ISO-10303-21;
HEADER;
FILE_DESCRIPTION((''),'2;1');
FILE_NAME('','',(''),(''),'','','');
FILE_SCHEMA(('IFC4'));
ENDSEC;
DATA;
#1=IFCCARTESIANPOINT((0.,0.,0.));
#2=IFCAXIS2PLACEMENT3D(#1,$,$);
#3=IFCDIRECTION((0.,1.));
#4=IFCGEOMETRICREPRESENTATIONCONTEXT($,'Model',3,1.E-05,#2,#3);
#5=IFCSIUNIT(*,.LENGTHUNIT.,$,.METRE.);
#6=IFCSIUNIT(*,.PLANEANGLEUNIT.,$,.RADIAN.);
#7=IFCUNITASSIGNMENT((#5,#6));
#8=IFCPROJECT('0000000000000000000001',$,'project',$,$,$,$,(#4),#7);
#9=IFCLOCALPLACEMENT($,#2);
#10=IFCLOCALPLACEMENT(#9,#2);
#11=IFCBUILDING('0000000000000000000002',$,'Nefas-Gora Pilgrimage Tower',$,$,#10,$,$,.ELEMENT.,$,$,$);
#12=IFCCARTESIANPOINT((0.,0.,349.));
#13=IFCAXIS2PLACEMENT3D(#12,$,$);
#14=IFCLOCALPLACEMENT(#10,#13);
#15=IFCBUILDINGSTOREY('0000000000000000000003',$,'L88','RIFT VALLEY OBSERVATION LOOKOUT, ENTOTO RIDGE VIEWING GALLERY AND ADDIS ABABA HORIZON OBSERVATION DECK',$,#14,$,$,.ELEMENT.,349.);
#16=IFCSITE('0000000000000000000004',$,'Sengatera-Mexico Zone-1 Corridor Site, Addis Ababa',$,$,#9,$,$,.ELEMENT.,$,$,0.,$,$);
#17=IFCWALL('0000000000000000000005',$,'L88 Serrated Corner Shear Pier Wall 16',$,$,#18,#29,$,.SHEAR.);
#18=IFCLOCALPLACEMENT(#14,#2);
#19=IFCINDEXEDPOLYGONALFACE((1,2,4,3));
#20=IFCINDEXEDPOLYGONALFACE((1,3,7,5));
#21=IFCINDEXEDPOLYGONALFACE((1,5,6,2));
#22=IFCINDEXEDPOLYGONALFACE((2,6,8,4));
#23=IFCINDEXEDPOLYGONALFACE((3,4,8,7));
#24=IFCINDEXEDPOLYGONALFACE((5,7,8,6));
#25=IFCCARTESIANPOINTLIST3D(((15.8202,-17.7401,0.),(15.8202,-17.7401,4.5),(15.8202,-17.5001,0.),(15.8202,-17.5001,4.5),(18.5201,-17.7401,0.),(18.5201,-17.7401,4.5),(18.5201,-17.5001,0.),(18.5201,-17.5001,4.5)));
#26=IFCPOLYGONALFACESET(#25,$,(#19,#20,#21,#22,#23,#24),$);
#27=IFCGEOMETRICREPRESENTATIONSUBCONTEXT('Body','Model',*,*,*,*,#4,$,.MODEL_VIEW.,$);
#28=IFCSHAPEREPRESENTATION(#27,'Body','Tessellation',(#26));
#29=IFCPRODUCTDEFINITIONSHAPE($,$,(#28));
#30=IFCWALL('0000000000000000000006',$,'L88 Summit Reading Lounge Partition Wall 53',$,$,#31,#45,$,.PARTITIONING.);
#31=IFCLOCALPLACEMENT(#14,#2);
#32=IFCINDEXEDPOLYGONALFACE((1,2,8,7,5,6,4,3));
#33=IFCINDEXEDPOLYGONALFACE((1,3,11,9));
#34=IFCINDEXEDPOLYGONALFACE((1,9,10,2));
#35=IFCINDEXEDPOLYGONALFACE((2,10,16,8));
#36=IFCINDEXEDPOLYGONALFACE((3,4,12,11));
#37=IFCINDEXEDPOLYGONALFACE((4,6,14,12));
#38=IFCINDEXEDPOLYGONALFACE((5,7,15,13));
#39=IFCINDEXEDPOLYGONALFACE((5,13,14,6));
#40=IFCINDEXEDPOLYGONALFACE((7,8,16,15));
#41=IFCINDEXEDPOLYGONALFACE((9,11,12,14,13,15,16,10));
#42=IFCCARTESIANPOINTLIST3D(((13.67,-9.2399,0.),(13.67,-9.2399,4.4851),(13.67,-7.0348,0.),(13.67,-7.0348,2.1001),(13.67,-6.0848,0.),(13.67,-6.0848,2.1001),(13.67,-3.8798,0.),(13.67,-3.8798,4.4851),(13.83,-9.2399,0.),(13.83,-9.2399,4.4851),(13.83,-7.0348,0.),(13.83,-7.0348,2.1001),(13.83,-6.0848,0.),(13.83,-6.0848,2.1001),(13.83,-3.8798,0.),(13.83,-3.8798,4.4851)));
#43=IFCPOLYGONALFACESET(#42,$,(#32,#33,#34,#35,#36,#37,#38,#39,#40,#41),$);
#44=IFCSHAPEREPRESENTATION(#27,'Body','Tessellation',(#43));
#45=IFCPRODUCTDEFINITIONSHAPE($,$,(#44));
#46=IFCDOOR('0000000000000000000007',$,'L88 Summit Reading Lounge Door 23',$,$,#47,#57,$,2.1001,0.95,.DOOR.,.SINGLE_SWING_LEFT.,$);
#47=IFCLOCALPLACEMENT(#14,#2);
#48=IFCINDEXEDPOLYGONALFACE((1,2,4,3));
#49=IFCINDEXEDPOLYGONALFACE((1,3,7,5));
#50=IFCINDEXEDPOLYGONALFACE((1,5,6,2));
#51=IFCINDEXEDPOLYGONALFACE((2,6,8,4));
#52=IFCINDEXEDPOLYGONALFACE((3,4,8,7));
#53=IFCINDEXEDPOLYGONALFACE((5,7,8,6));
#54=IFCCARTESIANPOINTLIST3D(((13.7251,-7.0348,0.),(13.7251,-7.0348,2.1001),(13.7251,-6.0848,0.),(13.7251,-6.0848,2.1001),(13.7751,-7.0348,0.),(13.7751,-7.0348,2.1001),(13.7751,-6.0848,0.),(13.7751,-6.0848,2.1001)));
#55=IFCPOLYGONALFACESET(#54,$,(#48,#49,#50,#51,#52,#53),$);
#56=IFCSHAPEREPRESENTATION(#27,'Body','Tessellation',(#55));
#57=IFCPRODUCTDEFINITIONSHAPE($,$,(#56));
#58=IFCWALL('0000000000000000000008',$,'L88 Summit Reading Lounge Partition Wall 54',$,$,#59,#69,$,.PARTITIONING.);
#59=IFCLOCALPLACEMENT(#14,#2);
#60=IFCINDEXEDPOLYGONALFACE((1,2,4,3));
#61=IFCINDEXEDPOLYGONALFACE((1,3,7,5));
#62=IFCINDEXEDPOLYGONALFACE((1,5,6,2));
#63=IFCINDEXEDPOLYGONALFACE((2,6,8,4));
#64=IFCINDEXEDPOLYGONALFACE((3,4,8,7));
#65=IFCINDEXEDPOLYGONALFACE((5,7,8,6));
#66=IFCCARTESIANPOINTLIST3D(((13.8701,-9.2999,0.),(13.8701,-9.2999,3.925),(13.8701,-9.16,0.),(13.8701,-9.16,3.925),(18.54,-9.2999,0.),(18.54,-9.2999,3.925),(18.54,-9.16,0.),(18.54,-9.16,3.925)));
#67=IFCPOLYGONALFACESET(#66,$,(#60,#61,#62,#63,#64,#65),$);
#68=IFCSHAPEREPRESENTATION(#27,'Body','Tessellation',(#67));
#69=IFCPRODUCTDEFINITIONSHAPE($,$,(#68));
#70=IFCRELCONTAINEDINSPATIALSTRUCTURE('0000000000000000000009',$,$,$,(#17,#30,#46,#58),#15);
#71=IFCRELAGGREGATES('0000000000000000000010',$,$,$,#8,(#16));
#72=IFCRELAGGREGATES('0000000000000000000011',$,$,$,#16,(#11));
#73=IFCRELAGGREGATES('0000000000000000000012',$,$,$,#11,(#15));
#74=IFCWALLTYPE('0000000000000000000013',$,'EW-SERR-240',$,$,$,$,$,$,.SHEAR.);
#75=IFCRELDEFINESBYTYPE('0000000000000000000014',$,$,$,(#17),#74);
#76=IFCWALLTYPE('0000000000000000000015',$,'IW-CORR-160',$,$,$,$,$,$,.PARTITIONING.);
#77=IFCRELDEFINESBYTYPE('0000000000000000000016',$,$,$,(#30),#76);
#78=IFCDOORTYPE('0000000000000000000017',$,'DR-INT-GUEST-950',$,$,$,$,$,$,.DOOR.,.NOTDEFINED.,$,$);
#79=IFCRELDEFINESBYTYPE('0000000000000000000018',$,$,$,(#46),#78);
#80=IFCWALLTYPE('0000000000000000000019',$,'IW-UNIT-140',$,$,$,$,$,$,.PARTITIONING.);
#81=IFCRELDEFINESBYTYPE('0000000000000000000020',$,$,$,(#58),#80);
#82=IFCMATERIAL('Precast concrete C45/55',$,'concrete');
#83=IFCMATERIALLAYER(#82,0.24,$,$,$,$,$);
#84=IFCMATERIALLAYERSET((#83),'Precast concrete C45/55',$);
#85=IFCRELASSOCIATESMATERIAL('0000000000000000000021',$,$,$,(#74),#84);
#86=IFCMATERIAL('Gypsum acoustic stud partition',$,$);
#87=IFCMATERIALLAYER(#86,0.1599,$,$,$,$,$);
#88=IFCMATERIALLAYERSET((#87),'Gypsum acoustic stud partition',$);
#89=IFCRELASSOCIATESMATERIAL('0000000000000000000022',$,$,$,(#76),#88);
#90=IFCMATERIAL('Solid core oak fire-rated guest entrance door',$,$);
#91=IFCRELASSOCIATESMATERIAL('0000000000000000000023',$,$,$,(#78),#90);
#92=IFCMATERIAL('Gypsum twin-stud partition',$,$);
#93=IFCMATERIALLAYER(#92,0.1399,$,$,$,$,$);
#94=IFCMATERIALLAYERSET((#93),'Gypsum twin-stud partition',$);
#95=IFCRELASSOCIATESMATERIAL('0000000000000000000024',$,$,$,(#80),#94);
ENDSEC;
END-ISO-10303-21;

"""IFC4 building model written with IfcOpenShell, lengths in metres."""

from ifc_helpers import new_model, si_unit, direction, frame, frame_2d, origin, place, context, subcontext, project, spatial, rectangle, extrude, source, transform, mapped, material, layer, layer_set, type_object, element, fill, save


model = new_model("IFC4")

# Units and contexts
model_context = context("Model", 3, precision=1e-05, world=origin(), true_north=direction((0.0, 1.0)))
body_context = subcontext(model_context, "Body", "Model", "MODEL_VIEW")
ifc_project = project(units=[si_unit("LENGTHUNIT", "METRE"), si_unit("PLANEANGLEUNIT", "RADIAN")], contexts=[model_context])

# Site, building, storey
site_placement = place(None, origin())
site = spatial("IfcSite", under=ifc_project, at=site_placement, Name="Sengatera-Mexico Zone-1 Corridor Site, Addis Ababa", CompositionType="ELEMENT", RefElevation=0.0)
building_placement = place(site_placement, origin())
building = spatial("IfcBuilding", under=site, at=building_placement, Name="Nefas-Gora Pilgrimage Tower", CompositionType="ELEMENT")
storey_placement = place(building_placement, frame((0.0, 0.0, 349.0)))
storey = spatial("IfcBuildingStorey", under=building, at=storey_placement, Name="L88", Description="RIFT VALLEY OBSERVATION LOOKOUT, ENTOTO RIDGE VIEWING GALLERY AND ADDIS ABABA HORIZON OBSERVATION DECK", CompositionType="ELEMENT", Elevation=349.0)

# Wall
ifc_material_1 = material(Name="Precast concrete C45/55", Category="concrete")
ifc_layer_1 = layer(ifc_material_1, 0.24)
ifc_layer_set_1 = layer_set([ifc_layer_1], Name="Precast concrete C45/55")
wall_type_1 = type_object("IfcWallType", Name="EW-SERR-240", PredefinedType="SHEAR", material=ifc_layer_set_1)
shared_shape_1 = source(origin(), body_context, "Body", "SweptSolid", [
    extrude(rectangle(XDim=2.7, YDim=0.24, at=frame_2d((1.3501, 0.0))), origin(), (0.0, 0.0, 1.0), 4.5),
])
for number, where, z_axis, x_axis, name in (
    (1, (15.8201, -17.6201, 0.0), (0.0, 0.0, 1.0), (1.0, 0.0, 0.0), "L88 Serrated Corner Shear Pier Wall 16"),
):
    element("IfcWall", number, at=place(storey_placement, frame(where, z_axis=z_axis, x_axis=x_axis)), inside=storey, type_object=wall_type_1, Name=name, PredefinedType="SHEAR", context=body_context, shape_type="MappedRepresentation", body=[
        mapped(shared_shape_1, transform((0.0, 0.0, 0.0), x_axis=(1.0, 0.0, 0.0), y_axis=(0.0, 1.0, 0.0), z_axis=(0.0, 0.0, 1.0), scale=1.0)),
    ])

# Wall, opening, door
ifc_material_2 = material(Name="Gypsum acoustic stud partition")
ifc_layer_2 = layer(ifc_material_2, 0.1599)
ifc_layer_set_2 = layer_set([ifc_layer_2], Name="Gypsum acoustic stud partition")
wall_type_2 = type_object("IfcWallType", Name="IW-CORR-160", PredefinedType="PARTITIONING", material=ifc_layer_set_2)
shared_shape_2 = source(origin(), body_context, "Body", "SweptSolid", [
    extrude(rectangle(XDim=5.3601, YDim=0.1599, at=frame_2d((2.6802, 0.0))), origin(), (0.0, 0.0, 1.0), 4.4851),
])
wall_1_placement = place(storey_placement, frame((13.75, -9.24, 0.0), z_axis=(0.0, 0.0, 1.0), x_axis=(0.0, 1.0, 0.0)))
wall_1 = element("IfcWall", 2, at=wall_1_placement, inside=storey, type_object=wall_type_2, Name="L88 Summit Reading Lounge Partition Wall 53", PredefinedType="PARTITIONING", context=body_context, shape_type="MappedRepresentation", body=[
    mapped(shared_shape_2, transform((0.0, 0.0, 0.0), x_axis=(1.0, 0.0, 0.0), y_axis=(0.0, 1.0, 0.0), z_axis=(0.0, 0.0, 1.0), scale=1.0)),
])
opening_placement = place(wall_1_placement, frame((2.2051, 0.0, 0.0)))
opening = element("IfcOpeningElement", 3, at=opening_placement, cuts=wall_1, PredefinedType="OPENING", context=body_context, shape_type="SweptSolid", body=[
    extrude(rectangle(XDim=0.95, YDim=2.1001, at=frame_2d((0.4751, 1.05))), frame((0.0, 0.0898, 0.0), z_axis=(0.0, -1.0, 0.0), x_axis=(1.0, 0.0, 0.0)), (0.0, 0.0, 1.0), 0.1799),
])
ifc_material_3 = material(Name="Solid core oak fire-rated guest entrance door")
door_type = type_object("IfcDoorType", Name="DR-INT-GUEST-950", OperationType="NOTDEFINED", PredefinedType="DOOR", material=ifc_material_3)
shared_shape_3 = source(origin(), body_context, "Body", "SweptSolid", [
    extrude(rectangle(XDim=0.95, YDim=2.1001, at=frame_2d((0.4751, 1.05))), frame((0.0, 0.0249, 0.0), z_axis=(0.0, -1.0, 0.0), x_axis=(1.0, 0.0, 0.0)), (0.0, 0.0, 1.0), 0.05),
])
door_placement = place(opening_placement, origin())
door = element("IfcDoor", 4, at=door_placement, inside=storey, type_object=door_type, Name="L88 Summit Reading Lounge Door 23", OperationType="SINGLE_SWING_LEFT", OverallHeight=2.1001, OverallWidth=0.95, PredefinedType="DOOR", context=body_context, shape_type="MappedRepresentation", body=[
    mapped(shared_shape_3, transform((0.0, 0.0, 0.0), x_axis=(1.0, 0.0, 0.0), y_axis=(0.0, 1.0, 0.0), z_axis=(0.0, 0.0, 1.0), scale=1.0)),
])
fill(opening, door)

# Wall
ifc_material_4 = material(Name="Gypsum twin-stud partition")
ifc_layer_3 = layer(ifc_material_4, 0.1399)
ifc_layer_set_3 = layer_set([ifc_layer_3], Name="Gypsum twin-stud partition")
wall_type_3 = type_object("IfcWallType", Name="IW-UNIT-140", PredefinedType="PARTITIONING", material=ifc_layer_set_3)
shared_shape_4 = source(origin(), body_context, "Body", "SweptSolid", [
    extrude(rectangle(XDim=4.6699, YDim=0.1399, at=frame_2d((2.335, 0.0))), origin(), (0.0, 0.0, 1.0), 3.925),
])
wall_2_placement = place(storey_placement, frame((13.8701, -9.23, 0.0), z_axis=(0.0, 0.0, 1.0), x_axis=(1.0, 0.0, 0.0)))
element("IfcWall", 5, at=wall_2_placement, inside=storey, type_object=wall_type_3, Name="L88 Summit Reading Lounge Partition Wall 54", PredefinedType="PARTITIONING", context=body_context, shape_type="MappedRepresentation", body=[
    mapped(shared_shape_4, transform((0.0, 0.0, 0.0), x_axis=(1.0, 0.0, 0.0), y_axis=(0.0, 1.0, 0.0), z_axis=(0.0, 0.0, 1.0), scale=1.0)),
])

save(model, "model.ifc")
